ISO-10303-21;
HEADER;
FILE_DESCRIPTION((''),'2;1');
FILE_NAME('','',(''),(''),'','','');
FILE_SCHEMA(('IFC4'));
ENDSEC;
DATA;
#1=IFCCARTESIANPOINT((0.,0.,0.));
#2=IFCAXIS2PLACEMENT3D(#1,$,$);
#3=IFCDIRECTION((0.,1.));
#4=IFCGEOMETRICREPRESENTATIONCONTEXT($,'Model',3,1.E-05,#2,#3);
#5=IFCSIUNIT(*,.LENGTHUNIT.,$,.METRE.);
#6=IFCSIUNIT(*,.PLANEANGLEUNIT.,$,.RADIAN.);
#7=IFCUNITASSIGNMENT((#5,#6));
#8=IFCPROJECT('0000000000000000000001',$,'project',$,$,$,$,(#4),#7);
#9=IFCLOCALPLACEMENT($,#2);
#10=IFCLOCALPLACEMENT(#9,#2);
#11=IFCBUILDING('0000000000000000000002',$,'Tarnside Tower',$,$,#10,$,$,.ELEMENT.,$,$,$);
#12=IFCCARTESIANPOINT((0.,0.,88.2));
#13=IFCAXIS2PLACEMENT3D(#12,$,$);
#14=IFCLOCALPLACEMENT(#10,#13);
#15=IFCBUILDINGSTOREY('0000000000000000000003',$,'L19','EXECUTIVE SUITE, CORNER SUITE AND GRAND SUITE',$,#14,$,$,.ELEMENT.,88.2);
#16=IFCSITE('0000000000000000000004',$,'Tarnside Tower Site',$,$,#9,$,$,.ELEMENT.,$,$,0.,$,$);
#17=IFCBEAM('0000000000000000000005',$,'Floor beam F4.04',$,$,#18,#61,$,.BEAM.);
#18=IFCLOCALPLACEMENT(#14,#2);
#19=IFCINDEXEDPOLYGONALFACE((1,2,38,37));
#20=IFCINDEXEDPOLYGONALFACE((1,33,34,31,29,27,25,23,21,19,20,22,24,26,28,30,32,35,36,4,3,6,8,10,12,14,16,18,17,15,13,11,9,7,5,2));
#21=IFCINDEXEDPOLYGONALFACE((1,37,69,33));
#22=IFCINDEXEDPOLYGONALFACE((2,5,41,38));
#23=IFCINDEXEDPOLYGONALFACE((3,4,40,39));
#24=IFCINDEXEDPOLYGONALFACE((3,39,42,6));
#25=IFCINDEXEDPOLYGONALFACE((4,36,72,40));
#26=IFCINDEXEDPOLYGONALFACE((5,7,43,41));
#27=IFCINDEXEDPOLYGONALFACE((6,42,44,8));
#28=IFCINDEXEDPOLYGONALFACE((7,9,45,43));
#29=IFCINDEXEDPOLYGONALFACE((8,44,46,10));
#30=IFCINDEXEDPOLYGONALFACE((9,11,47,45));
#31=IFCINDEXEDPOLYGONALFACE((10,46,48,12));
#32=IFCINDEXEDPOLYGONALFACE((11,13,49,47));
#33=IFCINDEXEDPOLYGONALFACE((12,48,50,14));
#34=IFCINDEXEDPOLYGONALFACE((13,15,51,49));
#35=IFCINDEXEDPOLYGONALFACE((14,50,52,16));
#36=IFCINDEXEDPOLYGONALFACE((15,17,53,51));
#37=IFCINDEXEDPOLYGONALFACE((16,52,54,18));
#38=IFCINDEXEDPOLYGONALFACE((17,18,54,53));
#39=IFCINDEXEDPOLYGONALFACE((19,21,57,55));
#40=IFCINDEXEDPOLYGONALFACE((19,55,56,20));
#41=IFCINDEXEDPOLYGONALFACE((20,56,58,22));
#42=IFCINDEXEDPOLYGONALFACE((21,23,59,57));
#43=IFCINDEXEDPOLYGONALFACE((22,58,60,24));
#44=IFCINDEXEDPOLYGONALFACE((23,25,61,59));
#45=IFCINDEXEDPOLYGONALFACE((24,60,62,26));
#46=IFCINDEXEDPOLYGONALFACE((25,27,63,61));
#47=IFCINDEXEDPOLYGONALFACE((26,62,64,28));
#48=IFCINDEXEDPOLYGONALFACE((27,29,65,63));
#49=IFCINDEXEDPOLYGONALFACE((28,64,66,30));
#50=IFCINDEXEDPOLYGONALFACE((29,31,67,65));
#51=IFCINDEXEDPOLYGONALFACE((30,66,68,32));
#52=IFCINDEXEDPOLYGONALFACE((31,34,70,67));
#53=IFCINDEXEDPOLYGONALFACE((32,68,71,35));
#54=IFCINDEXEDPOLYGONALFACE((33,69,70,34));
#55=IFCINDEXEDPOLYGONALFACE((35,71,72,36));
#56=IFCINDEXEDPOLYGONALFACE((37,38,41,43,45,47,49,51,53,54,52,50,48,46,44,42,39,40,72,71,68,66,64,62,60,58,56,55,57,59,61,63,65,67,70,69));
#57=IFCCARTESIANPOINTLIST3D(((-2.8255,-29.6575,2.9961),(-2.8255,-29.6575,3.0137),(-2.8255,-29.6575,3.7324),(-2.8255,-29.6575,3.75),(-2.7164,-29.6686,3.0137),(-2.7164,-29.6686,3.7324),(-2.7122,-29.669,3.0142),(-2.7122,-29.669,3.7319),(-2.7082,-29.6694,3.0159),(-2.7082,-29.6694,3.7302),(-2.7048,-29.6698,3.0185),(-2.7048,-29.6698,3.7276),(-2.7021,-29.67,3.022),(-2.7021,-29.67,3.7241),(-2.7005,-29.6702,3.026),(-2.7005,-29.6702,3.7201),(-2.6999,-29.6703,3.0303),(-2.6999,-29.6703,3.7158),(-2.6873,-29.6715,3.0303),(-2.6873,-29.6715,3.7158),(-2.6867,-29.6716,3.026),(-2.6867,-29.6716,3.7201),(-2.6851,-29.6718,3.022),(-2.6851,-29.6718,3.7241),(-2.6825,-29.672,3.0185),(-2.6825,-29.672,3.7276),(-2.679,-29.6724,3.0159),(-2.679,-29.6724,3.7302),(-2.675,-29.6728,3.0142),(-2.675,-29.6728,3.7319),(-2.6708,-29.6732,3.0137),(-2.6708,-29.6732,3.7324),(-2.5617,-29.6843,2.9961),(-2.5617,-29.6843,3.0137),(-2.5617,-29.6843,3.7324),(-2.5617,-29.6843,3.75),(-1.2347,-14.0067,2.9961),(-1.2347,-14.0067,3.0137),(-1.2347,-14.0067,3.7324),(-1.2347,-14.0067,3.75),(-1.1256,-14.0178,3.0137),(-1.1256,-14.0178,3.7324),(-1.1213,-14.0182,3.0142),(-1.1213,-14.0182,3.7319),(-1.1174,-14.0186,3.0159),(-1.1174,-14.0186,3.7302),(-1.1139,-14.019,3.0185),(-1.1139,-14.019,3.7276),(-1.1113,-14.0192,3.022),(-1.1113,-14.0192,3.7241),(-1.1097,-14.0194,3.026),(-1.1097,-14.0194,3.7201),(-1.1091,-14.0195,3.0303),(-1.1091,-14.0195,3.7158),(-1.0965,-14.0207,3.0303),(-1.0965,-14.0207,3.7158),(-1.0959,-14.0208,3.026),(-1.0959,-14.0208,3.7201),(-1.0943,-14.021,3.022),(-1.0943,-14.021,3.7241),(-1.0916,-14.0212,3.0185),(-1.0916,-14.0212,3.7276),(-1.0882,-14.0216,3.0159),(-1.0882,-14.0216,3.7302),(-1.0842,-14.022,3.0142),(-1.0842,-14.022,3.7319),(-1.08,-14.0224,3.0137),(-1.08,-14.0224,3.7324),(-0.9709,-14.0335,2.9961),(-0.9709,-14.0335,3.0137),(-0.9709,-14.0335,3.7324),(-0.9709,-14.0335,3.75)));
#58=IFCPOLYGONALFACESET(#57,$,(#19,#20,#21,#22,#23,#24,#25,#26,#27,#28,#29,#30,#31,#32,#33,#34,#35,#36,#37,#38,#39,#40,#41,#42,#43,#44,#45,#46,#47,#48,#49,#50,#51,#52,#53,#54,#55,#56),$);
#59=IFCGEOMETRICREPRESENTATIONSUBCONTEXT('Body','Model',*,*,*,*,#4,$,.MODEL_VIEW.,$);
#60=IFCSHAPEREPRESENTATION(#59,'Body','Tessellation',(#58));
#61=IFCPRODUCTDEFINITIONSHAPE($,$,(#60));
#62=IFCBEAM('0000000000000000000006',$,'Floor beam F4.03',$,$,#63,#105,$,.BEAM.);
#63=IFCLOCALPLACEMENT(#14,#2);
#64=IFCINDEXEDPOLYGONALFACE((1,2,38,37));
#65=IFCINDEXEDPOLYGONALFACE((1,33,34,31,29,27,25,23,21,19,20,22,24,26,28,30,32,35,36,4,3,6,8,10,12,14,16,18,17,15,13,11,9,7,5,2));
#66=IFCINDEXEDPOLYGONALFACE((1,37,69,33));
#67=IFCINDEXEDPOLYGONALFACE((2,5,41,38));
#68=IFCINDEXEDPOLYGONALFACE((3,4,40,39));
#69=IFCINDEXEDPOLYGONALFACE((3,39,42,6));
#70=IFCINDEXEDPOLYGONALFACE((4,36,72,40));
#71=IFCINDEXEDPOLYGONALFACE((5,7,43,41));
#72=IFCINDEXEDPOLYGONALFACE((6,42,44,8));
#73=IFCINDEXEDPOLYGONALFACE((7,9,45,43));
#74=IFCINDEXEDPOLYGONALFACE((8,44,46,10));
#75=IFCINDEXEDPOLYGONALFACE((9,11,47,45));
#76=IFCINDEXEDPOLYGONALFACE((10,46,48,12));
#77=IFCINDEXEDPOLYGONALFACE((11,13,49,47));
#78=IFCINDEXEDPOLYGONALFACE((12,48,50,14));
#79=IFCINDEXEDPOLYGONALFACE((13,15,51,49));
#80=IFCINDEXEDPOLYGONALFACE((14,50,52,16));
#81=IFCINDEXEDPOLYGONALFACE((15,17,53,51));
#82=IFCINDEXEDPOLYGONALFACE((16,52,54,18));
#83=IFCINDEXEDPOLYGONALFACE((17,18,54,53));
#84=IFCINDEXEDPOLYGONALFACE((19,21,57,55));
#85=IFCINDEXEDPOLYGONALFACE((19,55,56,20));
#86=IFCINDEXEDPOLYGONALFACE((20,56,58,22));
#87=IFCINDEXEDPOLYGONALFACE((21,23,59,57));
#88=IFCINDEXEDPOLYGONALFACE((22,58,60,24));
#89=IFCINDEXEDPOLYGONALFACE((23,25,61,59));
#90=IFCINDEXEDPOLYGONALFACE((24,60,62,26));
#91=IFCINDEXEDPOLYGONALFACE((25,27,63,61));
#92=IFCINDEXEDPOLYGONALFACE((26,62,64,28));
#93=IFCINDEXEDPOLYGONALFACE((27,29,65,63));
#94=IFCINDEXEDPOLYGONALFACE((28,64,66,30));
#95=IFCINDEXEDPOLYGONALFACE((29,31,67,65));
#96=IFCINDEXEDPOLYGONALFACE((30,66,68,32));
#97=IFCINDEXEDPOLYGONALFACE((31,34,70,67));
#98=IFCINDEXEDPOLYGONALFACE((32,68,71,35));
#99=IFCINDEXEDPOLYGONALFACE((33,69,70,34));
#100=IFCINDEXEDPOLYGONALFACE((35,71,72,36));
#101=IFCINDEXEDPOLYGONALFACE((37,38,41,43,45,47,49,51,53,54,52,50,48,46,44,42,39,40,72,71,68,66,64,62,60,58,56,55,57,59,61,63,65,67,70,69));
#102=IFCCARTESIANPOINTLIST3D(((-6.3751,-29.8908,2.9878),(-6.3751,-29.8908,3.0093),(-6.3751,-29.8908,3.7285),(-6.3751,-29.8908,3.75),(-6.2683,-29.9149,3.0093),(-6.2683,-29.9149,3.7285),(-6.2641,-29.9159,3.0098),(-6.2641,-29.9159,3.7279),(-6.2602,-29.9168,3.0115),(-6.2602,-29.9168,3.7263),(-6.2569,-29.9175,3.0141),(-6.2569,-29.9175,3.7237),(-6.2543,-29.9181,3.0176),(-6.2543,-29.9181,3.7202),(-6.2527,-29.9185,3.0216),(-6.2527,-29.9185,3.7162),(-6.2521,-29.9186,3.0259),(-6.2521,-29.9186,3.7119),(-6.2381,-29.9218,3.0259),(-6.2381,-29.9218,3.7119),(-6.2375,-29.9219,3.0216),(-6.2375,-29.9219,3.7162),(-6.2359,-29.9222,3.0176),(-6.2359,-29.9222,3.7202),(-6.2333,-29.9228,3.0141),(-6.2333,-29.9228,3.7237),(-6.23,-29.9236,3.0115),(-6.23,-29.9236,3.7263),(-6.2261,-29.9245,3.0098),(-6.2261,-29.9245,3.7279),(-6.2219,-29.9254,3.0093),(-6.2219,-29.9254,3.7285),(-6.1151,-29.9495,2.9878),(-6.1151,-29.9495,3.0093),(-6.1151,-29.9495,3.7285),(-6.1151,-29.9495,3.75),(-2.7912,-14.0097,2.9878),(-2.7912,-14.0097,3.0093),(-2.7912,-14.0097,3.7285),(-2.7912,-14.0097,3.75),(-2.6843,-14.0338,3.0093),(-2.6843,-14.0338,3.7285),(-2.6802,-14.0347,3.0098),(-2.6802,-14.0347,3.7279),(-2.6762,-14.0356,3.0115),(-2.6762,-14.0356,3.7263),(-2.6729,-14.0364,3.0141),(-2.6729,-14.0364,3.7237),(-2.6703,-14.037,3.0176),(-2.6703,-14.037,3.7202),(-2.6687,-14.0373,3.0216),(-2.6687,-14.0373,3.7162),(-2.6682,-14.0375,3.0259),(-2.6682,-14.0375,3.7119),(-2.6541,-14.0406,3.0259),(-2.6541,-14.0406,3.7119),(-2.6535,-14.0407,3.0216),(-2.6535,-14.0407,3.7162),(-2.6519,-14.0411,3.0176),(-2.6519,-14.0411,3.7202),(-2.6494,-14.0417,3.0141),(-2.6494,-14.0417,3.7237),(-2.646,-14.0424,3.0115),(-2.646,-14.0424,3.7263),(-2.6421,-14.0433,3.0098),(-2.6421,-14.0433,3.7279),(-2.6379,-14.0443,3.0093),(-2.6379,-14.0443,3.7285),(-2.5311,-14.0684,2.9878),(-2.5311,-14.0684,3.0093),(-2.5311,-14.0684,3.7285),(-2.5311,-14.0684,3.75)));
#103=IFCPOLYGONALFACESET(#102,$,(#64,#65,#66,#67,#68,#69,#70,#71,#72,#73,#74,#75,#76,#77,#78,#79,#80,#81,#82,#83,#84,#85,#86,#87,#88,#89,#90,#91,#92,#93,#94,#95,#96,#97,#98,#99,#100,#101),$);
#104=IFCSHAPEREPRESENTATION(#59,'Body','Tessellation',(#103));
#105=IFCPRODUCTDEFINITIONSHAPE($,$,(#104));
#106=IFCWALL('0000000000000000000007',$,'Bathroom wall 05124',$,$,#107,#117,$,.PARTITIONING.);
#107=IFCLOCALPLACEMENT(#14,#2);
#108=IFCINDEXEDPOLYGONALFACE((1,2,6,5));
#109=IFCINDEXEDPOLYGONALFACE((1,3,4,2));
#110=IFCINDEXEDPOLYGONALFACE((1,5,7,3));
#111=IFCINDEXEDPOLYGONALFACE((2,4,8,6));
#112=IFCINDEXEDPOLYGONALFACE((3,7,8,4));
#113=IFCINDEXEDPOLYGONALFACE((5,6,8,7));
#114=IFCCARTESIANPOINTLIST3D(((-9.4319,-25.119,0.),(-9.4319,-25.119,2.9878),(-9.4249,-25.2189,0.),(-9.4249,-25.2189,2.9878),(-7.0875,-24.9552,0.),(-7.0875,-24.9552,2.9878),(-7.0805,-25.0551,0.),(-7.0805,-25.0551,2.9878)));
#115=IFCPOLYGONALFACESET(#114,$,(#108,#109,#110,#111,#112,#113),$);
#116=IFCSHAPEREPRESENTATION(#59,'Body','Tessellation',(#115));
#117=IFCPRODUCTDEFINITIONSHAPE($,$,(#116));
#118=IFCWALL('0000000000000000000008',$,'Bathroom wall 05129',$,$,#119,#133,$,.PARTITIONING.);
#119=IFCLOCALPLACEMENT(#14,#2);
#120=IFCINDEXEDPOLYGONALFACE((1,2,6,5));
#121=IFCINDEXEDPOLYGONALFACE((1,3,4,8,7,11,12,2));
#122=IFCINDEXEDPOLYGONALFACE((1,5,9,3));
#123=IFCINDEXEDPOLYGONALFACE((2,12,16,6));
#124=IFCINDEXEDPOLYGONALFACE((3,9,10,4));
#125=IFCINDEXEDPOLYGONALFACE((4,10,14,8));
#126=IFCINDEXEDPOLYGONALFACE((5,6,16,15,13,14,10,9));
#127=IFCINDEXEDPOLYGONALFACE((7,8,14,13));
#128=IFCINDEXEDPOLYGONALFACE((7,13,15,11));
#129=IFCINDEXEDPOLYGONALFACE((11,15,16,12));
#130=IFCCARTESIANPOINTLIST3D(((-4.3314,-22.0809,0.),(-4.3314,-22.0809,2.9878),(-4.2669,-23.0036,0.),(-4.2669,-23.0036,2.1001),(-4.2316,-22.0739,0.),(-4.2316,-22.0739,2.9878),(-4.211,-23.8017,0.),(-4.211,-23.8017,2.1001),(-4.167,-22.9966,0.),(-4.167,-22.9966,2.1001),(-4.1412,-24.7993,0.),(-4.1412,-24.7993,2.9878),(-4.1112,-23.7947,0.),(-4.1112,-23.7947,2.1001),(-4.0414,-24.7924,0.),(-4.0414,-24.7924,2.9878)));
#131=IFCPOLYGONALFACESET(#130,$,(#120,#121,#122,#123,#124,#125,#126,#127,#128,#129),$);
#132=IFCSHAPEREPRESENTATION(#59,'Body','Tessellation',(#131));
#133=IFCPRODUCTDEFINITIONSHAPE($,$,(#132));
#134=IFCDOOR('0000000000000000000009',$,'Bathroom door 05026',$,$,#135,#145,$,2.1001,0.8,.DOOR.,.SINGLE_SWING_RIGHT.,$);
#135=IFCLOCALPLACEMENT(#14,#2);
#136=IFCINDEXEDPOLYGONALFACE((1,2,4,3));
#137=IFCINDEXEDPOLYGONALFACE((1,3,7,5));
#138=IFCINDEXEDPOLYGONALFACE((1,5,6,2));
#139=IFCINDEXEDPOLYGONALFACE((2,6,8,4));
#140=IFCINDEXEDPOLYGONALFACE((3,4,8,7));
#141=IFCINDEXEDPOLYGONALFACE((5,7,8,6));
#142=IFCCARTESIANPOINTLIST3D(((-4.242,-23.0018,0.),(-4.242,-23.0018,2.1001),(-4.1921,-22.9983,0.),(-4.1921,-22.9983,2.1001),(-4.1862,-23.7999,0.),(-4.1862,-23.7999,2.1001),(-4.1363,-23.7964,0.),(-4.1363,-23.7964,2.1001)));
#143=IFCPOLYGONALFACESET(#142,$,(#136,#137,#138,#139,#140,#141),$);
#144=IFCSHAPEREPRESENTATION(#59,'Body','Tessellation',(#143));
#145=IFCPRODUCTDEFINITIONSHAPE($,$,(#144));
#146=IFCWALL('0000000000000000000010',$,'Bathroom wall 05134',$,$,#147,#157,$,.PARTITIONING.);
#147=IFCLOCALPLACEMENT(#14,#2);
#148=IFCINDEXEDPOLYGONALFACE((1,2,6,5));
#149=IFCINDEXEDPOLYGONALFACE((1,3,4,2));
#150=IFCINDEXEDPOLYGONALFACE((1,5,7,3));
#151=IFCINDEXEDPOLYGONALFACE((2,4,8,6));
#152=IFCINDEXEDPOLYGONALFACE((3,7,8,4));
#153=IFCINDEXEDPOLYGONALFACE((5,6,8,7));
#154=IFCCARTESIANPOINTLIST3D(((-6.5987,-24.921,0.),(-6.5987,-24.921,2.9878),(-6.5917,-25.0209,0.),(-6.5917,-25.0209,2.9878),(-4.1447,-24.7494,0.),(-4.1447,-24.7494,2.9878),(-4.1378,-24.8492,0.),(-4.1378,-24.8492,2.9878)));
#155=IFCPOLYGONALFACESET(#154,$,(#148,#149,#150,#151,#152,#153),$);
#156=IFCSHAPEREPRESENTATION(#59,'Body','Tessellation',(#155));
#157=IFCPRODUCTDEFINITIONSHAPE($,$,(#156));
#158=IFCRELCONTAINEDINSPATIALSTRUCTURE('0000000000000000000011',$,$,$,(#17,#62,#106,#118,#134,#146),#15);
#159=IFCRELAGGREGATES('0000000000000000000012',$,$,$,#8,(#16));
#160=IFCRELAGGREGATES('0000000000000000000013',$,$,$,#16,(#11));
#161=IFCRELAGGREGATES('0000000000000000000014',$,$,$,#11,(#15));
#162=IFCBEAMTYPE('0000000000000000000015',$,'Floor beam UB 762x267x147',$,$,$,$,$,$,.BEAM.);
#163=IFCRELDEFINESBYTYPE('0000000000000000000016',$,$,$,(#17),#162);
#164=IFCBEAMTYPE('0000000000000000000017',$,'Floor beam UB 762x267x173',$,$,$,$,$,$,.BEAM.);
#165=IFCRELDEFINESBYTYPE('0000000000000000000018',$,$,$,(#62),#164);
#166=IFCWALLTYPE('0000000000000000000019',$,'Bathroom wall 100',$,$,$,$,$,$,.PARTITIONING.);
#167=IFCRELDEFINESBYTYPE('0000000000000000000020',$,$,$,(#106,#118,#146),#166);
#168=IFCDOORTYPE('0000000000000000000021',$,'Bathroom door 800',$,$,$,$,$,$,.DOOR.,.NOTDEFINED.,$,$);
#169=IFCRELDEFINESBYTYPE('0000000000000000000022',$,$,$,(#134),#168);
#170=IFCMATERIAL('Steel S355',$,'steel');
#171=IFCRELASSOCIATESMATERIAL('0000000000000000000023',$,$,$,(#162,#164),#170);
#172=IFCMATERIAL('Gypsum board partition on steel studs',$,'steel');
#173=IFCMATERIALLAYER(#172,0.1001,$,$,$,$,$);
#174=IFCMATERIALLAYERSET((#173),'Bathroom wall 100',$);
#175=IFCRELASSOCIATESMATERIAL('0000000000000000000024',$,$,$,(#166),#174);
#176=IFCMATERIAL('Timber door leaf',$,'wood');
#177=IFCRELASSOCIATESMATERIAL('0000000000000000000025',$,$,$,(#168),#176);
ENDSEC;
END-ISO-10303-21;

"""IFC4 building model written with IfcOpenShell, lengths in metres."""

from ifc_helpers import new_model, si_unit, direction, frame, frame_2d, origin, origin_2d, place, context, subcontext, project, spatial, rectangle, i_section, extrude, material, layer, layer_set, material_profile, profile_set, type_object, element, fill, save


model = new_model("IFC4")

# Units and contexts
model_context = context("Model", 3, precision=1e-05, world=origin(), true_north=direction((0.0, 1.0)))
body_context = subcontext(model_context, "Body", "Model", "MODEL_VIEW")
ifc_project = project(units=[si_unit("LENGTHUNIT", "METRE"), si_unit("PLANEANGLEUNIT", "RADIAN")], contexts=[model_context])

# Site, building, storey
site_placement = place(None, origin())
site = spatial("IfcSite", under=ifc_project, at=site_placement, Name="Tarnside Tower Site", CompositionType="ELEMENT", RefElevation=0.0)
building_placement = place(site_placement, origin())
building = spatial("IfcBuilding", under=site, at=building_placement, Name="Tarnside Tower", CompositionType="ELEMENT")
storey_placement = place(building_placement, frame((0.0, 0.0, 88.2)))
storey = spatial("IfcBuildingStorey", under=building, at=storey_placement, Name="L19", Description="EXECUTIVE SUITE, CORNER SUITE AND GRAND SUITE", CompositionType="ELEMENT", Elevation=88.2)

# Beams
ifc_material_1 = material(Name="Steel S355", Category="steel")
ifc_material_profile_1 = material_profile(ifc_material_1, i_section(OverallWidth=0.2651, OverallDepth=0.7539, WebThickness=0.0127, FlangeThickness=0.0176, FilletRadius=0.0166, at=origin_2d()), Name="UB 762x267x147")
ifc_profile_set_1 = profile_set([ifc_material_profile_1], Name="Steel S355")
beam_type_1 = type_object("IfcBeamType", Name="Floor beam UB 762x267x147", PredefinedType="BEAM", material=ifc_profile_set_1)
beam_1_placement = place(storey_placement, frame((-2.6936, -29.6709, 3.373), z_axis=(0.101123, 0.994874, 0.0), x_axis=(-0.994874, 0.101123, 0.0)))
element("IfcBeam", 1, at=beam_1_placement, inside=storey, type_object=beam_type_1, Name="Floor beam F4.04", PredefinedType="BEAM", context=body_context, shape_type="SweptSolid", body=[
    extrude(i_section(OverallWidth=0.2651, OverallDepth=0.7539, WebThickness=0.0127, FlangeThickness=0.0176, FilletRadius=0.0166, at=origin_2d()), origin(), (0.0, 0.0, 1.0), 15.7314),
])
ifc_material_profile_2 = material_profile(ifc_material_1, i_section(OverallWidth=0.2666, OverallDepth=0.7622, WebThickness=0.0144, FlangeThickness=0.0215, FilletRadius=0.0166, at=origin_2d()), Name="UB 762x267x173")
ifc_profile_set_2 = profile_set([ifc_material_profile_2], Name="Steel S355")
beam_type_2 = type_object("IfcBeamType", Name="Floor beam UB 762x267x173", PredefinedType="BEAM", material=ifc_profile_set_2)
beam_2_placement = place(storey_placement, frame((-6.2451, -29.9202, 3.3689), z_axis=(0.22014, 0.975468, 0.0), x_axis=(-0.975468, 0.22014, 0.0)))
element("IfcBeam", 2, at=beam_2_placement, inside=storey, type_object=beam_type_2, Name="Floor beam F4.03", PredefinedType="BEAM", context=body_context, shape_type="SweptSolid", body=[
    extrude(i_section(OverallWidth=0.2666, OverallDepth=0.7622, WebThickness=0.0144, FlangeThickness=0.0215, FilletRadius=0.0166, at=origin_2d()), origin(), (0.0, 0.0, 1.0), 16.2805),
])

# Wall
ifc_material_2 = material(Name="Gypsum board partition on steel studs", Category="steel")
ifc_layer_1 = layer(ifc_material_2, 0.1001)
ifc_layer_set_1 = layer_set([ifc_layer_1], Name="Bathroom wall 100")
wall_type_1 = type_object("IfcWallType", Name="Bathroom wall 100", PredefinedType="PARTITIONING", material=ifc_layer_set_1)
wall_1_placement = place(storey_placement, frame((-7.084, -25.0051, 0.0), z_axis=(0.0, 0.0, 1.0), x_axis=(-0.997568, -0.069704, 0.0)))
element("IfcWall", 3, at=wall_1_placement, inside=storey, type_object=wall_type_1, Name="Bathroom wall 05124", PredefinedType="PARTITIONING", context=body_context, shape_type="SweptSolid", body=[
    extrude(rectangle(XDim=2.3501, YDim=0.1001, at=frame_2d((1.175, 0.0))), origin(), (0.0, 0.0, 1.0), 2.9878),
])

# Wall, opening, door
wall_2_placement = place(storey_placement, frame((-4.2815, -22.0774, 0.0), z_axis=(0.0, 0.0, 1.0), x_axis=(0.069789, -0.997562, 0.0)))
wall_2 = element("IfcWall", 4, at=wall_2_placement, inside=storey, type_object=wall_type_1, Name="Bathroom wall 05129", PredefinedType="PARTITIONING", context=body_context, shape_type="SweptSolid", body=[
    extrude(rectangle(XDim=2.7251, YDim=0.1001, at=frame_2d((1.3625, 0.0))), origin(), (0.0, 0.0, 1.0), 2.9878),
])
opening_1_placement = place(wall_2_placement, frame((0.925, 0.0, 0.0)))
opening_1 = element("IfcOpeningElement", 5, at=opening_1_placement, cuts=wall_2, PredefinedType="OPENING", context=body_context, shape_type="SweptSolid", body=[
    extrude(rectangle(XDim=0.8, YDim=2.1001, at=frame_2d((0.3999, 1.05))), frame((0.0, 0.0601, 0.0), z_axis=(0.0, -1.0, 0.0), x_axis=(1.0, 0.0, 0.0)), (0.0, 0.0, 1.0), 0.1201),
])
ifc_material_3 = material(Name="Timber door leaf", Category="wood")
door_type_1 = type_object("IfcDoorType", Name="Bathroom door 800", OperationType="NOTDEFINED", PredefinedType="DOOR", material=ifc_material_3)
door_1_placement = place(opening_1_placement, origin())
door_1 = element("IfcDoor", 6, at=door_1_placement, inside=storey, type_object=door_type_1, Name="Bathroom door 05026", OperationType="SINGLE_SWING_RIGHT", OverallHeight=2.1001, OverallWidth=0.8, PredefinedType="DOOR", context=body_context, shape_type="SweptSolid", body=[
    extrude(rectangle(XDim=0.8, YDim=2.1001, at=frame_2d((0.3999, 1.05))), frame((0.0, 0.0249, 0.0), z_axis=(0.0, -1.0, 0.0), x_axis=(1.0, 0.0, 0.0)), (0.0, 0.0, 1.0), 0.05),
])
fill(opening_1, door_1)

# Wall
wall_3_placement = place(storey_placement, frame((-6.5952, -24.9709, 0.0), z_axis=(0.0, 0.0, 1.0), x_axis=(0.997563, 0.069773, 0.0)))
element("IfcWall", 7, at=wall_3_placement, inside=storey, type_object=wall_type_1, Name="Bathroom wall 05134", PredefinedType="PARTITIONING", context=body_context, shape_type="SweptSolid", body=[
    extrude(rectangle(XDim=2.46, YDim=0.1001, at=frame_2d((1.23, 0.0))), origin(), (0.0, 0.0, 1.0), 2.9878),
])

save(model, "model.ifc")
